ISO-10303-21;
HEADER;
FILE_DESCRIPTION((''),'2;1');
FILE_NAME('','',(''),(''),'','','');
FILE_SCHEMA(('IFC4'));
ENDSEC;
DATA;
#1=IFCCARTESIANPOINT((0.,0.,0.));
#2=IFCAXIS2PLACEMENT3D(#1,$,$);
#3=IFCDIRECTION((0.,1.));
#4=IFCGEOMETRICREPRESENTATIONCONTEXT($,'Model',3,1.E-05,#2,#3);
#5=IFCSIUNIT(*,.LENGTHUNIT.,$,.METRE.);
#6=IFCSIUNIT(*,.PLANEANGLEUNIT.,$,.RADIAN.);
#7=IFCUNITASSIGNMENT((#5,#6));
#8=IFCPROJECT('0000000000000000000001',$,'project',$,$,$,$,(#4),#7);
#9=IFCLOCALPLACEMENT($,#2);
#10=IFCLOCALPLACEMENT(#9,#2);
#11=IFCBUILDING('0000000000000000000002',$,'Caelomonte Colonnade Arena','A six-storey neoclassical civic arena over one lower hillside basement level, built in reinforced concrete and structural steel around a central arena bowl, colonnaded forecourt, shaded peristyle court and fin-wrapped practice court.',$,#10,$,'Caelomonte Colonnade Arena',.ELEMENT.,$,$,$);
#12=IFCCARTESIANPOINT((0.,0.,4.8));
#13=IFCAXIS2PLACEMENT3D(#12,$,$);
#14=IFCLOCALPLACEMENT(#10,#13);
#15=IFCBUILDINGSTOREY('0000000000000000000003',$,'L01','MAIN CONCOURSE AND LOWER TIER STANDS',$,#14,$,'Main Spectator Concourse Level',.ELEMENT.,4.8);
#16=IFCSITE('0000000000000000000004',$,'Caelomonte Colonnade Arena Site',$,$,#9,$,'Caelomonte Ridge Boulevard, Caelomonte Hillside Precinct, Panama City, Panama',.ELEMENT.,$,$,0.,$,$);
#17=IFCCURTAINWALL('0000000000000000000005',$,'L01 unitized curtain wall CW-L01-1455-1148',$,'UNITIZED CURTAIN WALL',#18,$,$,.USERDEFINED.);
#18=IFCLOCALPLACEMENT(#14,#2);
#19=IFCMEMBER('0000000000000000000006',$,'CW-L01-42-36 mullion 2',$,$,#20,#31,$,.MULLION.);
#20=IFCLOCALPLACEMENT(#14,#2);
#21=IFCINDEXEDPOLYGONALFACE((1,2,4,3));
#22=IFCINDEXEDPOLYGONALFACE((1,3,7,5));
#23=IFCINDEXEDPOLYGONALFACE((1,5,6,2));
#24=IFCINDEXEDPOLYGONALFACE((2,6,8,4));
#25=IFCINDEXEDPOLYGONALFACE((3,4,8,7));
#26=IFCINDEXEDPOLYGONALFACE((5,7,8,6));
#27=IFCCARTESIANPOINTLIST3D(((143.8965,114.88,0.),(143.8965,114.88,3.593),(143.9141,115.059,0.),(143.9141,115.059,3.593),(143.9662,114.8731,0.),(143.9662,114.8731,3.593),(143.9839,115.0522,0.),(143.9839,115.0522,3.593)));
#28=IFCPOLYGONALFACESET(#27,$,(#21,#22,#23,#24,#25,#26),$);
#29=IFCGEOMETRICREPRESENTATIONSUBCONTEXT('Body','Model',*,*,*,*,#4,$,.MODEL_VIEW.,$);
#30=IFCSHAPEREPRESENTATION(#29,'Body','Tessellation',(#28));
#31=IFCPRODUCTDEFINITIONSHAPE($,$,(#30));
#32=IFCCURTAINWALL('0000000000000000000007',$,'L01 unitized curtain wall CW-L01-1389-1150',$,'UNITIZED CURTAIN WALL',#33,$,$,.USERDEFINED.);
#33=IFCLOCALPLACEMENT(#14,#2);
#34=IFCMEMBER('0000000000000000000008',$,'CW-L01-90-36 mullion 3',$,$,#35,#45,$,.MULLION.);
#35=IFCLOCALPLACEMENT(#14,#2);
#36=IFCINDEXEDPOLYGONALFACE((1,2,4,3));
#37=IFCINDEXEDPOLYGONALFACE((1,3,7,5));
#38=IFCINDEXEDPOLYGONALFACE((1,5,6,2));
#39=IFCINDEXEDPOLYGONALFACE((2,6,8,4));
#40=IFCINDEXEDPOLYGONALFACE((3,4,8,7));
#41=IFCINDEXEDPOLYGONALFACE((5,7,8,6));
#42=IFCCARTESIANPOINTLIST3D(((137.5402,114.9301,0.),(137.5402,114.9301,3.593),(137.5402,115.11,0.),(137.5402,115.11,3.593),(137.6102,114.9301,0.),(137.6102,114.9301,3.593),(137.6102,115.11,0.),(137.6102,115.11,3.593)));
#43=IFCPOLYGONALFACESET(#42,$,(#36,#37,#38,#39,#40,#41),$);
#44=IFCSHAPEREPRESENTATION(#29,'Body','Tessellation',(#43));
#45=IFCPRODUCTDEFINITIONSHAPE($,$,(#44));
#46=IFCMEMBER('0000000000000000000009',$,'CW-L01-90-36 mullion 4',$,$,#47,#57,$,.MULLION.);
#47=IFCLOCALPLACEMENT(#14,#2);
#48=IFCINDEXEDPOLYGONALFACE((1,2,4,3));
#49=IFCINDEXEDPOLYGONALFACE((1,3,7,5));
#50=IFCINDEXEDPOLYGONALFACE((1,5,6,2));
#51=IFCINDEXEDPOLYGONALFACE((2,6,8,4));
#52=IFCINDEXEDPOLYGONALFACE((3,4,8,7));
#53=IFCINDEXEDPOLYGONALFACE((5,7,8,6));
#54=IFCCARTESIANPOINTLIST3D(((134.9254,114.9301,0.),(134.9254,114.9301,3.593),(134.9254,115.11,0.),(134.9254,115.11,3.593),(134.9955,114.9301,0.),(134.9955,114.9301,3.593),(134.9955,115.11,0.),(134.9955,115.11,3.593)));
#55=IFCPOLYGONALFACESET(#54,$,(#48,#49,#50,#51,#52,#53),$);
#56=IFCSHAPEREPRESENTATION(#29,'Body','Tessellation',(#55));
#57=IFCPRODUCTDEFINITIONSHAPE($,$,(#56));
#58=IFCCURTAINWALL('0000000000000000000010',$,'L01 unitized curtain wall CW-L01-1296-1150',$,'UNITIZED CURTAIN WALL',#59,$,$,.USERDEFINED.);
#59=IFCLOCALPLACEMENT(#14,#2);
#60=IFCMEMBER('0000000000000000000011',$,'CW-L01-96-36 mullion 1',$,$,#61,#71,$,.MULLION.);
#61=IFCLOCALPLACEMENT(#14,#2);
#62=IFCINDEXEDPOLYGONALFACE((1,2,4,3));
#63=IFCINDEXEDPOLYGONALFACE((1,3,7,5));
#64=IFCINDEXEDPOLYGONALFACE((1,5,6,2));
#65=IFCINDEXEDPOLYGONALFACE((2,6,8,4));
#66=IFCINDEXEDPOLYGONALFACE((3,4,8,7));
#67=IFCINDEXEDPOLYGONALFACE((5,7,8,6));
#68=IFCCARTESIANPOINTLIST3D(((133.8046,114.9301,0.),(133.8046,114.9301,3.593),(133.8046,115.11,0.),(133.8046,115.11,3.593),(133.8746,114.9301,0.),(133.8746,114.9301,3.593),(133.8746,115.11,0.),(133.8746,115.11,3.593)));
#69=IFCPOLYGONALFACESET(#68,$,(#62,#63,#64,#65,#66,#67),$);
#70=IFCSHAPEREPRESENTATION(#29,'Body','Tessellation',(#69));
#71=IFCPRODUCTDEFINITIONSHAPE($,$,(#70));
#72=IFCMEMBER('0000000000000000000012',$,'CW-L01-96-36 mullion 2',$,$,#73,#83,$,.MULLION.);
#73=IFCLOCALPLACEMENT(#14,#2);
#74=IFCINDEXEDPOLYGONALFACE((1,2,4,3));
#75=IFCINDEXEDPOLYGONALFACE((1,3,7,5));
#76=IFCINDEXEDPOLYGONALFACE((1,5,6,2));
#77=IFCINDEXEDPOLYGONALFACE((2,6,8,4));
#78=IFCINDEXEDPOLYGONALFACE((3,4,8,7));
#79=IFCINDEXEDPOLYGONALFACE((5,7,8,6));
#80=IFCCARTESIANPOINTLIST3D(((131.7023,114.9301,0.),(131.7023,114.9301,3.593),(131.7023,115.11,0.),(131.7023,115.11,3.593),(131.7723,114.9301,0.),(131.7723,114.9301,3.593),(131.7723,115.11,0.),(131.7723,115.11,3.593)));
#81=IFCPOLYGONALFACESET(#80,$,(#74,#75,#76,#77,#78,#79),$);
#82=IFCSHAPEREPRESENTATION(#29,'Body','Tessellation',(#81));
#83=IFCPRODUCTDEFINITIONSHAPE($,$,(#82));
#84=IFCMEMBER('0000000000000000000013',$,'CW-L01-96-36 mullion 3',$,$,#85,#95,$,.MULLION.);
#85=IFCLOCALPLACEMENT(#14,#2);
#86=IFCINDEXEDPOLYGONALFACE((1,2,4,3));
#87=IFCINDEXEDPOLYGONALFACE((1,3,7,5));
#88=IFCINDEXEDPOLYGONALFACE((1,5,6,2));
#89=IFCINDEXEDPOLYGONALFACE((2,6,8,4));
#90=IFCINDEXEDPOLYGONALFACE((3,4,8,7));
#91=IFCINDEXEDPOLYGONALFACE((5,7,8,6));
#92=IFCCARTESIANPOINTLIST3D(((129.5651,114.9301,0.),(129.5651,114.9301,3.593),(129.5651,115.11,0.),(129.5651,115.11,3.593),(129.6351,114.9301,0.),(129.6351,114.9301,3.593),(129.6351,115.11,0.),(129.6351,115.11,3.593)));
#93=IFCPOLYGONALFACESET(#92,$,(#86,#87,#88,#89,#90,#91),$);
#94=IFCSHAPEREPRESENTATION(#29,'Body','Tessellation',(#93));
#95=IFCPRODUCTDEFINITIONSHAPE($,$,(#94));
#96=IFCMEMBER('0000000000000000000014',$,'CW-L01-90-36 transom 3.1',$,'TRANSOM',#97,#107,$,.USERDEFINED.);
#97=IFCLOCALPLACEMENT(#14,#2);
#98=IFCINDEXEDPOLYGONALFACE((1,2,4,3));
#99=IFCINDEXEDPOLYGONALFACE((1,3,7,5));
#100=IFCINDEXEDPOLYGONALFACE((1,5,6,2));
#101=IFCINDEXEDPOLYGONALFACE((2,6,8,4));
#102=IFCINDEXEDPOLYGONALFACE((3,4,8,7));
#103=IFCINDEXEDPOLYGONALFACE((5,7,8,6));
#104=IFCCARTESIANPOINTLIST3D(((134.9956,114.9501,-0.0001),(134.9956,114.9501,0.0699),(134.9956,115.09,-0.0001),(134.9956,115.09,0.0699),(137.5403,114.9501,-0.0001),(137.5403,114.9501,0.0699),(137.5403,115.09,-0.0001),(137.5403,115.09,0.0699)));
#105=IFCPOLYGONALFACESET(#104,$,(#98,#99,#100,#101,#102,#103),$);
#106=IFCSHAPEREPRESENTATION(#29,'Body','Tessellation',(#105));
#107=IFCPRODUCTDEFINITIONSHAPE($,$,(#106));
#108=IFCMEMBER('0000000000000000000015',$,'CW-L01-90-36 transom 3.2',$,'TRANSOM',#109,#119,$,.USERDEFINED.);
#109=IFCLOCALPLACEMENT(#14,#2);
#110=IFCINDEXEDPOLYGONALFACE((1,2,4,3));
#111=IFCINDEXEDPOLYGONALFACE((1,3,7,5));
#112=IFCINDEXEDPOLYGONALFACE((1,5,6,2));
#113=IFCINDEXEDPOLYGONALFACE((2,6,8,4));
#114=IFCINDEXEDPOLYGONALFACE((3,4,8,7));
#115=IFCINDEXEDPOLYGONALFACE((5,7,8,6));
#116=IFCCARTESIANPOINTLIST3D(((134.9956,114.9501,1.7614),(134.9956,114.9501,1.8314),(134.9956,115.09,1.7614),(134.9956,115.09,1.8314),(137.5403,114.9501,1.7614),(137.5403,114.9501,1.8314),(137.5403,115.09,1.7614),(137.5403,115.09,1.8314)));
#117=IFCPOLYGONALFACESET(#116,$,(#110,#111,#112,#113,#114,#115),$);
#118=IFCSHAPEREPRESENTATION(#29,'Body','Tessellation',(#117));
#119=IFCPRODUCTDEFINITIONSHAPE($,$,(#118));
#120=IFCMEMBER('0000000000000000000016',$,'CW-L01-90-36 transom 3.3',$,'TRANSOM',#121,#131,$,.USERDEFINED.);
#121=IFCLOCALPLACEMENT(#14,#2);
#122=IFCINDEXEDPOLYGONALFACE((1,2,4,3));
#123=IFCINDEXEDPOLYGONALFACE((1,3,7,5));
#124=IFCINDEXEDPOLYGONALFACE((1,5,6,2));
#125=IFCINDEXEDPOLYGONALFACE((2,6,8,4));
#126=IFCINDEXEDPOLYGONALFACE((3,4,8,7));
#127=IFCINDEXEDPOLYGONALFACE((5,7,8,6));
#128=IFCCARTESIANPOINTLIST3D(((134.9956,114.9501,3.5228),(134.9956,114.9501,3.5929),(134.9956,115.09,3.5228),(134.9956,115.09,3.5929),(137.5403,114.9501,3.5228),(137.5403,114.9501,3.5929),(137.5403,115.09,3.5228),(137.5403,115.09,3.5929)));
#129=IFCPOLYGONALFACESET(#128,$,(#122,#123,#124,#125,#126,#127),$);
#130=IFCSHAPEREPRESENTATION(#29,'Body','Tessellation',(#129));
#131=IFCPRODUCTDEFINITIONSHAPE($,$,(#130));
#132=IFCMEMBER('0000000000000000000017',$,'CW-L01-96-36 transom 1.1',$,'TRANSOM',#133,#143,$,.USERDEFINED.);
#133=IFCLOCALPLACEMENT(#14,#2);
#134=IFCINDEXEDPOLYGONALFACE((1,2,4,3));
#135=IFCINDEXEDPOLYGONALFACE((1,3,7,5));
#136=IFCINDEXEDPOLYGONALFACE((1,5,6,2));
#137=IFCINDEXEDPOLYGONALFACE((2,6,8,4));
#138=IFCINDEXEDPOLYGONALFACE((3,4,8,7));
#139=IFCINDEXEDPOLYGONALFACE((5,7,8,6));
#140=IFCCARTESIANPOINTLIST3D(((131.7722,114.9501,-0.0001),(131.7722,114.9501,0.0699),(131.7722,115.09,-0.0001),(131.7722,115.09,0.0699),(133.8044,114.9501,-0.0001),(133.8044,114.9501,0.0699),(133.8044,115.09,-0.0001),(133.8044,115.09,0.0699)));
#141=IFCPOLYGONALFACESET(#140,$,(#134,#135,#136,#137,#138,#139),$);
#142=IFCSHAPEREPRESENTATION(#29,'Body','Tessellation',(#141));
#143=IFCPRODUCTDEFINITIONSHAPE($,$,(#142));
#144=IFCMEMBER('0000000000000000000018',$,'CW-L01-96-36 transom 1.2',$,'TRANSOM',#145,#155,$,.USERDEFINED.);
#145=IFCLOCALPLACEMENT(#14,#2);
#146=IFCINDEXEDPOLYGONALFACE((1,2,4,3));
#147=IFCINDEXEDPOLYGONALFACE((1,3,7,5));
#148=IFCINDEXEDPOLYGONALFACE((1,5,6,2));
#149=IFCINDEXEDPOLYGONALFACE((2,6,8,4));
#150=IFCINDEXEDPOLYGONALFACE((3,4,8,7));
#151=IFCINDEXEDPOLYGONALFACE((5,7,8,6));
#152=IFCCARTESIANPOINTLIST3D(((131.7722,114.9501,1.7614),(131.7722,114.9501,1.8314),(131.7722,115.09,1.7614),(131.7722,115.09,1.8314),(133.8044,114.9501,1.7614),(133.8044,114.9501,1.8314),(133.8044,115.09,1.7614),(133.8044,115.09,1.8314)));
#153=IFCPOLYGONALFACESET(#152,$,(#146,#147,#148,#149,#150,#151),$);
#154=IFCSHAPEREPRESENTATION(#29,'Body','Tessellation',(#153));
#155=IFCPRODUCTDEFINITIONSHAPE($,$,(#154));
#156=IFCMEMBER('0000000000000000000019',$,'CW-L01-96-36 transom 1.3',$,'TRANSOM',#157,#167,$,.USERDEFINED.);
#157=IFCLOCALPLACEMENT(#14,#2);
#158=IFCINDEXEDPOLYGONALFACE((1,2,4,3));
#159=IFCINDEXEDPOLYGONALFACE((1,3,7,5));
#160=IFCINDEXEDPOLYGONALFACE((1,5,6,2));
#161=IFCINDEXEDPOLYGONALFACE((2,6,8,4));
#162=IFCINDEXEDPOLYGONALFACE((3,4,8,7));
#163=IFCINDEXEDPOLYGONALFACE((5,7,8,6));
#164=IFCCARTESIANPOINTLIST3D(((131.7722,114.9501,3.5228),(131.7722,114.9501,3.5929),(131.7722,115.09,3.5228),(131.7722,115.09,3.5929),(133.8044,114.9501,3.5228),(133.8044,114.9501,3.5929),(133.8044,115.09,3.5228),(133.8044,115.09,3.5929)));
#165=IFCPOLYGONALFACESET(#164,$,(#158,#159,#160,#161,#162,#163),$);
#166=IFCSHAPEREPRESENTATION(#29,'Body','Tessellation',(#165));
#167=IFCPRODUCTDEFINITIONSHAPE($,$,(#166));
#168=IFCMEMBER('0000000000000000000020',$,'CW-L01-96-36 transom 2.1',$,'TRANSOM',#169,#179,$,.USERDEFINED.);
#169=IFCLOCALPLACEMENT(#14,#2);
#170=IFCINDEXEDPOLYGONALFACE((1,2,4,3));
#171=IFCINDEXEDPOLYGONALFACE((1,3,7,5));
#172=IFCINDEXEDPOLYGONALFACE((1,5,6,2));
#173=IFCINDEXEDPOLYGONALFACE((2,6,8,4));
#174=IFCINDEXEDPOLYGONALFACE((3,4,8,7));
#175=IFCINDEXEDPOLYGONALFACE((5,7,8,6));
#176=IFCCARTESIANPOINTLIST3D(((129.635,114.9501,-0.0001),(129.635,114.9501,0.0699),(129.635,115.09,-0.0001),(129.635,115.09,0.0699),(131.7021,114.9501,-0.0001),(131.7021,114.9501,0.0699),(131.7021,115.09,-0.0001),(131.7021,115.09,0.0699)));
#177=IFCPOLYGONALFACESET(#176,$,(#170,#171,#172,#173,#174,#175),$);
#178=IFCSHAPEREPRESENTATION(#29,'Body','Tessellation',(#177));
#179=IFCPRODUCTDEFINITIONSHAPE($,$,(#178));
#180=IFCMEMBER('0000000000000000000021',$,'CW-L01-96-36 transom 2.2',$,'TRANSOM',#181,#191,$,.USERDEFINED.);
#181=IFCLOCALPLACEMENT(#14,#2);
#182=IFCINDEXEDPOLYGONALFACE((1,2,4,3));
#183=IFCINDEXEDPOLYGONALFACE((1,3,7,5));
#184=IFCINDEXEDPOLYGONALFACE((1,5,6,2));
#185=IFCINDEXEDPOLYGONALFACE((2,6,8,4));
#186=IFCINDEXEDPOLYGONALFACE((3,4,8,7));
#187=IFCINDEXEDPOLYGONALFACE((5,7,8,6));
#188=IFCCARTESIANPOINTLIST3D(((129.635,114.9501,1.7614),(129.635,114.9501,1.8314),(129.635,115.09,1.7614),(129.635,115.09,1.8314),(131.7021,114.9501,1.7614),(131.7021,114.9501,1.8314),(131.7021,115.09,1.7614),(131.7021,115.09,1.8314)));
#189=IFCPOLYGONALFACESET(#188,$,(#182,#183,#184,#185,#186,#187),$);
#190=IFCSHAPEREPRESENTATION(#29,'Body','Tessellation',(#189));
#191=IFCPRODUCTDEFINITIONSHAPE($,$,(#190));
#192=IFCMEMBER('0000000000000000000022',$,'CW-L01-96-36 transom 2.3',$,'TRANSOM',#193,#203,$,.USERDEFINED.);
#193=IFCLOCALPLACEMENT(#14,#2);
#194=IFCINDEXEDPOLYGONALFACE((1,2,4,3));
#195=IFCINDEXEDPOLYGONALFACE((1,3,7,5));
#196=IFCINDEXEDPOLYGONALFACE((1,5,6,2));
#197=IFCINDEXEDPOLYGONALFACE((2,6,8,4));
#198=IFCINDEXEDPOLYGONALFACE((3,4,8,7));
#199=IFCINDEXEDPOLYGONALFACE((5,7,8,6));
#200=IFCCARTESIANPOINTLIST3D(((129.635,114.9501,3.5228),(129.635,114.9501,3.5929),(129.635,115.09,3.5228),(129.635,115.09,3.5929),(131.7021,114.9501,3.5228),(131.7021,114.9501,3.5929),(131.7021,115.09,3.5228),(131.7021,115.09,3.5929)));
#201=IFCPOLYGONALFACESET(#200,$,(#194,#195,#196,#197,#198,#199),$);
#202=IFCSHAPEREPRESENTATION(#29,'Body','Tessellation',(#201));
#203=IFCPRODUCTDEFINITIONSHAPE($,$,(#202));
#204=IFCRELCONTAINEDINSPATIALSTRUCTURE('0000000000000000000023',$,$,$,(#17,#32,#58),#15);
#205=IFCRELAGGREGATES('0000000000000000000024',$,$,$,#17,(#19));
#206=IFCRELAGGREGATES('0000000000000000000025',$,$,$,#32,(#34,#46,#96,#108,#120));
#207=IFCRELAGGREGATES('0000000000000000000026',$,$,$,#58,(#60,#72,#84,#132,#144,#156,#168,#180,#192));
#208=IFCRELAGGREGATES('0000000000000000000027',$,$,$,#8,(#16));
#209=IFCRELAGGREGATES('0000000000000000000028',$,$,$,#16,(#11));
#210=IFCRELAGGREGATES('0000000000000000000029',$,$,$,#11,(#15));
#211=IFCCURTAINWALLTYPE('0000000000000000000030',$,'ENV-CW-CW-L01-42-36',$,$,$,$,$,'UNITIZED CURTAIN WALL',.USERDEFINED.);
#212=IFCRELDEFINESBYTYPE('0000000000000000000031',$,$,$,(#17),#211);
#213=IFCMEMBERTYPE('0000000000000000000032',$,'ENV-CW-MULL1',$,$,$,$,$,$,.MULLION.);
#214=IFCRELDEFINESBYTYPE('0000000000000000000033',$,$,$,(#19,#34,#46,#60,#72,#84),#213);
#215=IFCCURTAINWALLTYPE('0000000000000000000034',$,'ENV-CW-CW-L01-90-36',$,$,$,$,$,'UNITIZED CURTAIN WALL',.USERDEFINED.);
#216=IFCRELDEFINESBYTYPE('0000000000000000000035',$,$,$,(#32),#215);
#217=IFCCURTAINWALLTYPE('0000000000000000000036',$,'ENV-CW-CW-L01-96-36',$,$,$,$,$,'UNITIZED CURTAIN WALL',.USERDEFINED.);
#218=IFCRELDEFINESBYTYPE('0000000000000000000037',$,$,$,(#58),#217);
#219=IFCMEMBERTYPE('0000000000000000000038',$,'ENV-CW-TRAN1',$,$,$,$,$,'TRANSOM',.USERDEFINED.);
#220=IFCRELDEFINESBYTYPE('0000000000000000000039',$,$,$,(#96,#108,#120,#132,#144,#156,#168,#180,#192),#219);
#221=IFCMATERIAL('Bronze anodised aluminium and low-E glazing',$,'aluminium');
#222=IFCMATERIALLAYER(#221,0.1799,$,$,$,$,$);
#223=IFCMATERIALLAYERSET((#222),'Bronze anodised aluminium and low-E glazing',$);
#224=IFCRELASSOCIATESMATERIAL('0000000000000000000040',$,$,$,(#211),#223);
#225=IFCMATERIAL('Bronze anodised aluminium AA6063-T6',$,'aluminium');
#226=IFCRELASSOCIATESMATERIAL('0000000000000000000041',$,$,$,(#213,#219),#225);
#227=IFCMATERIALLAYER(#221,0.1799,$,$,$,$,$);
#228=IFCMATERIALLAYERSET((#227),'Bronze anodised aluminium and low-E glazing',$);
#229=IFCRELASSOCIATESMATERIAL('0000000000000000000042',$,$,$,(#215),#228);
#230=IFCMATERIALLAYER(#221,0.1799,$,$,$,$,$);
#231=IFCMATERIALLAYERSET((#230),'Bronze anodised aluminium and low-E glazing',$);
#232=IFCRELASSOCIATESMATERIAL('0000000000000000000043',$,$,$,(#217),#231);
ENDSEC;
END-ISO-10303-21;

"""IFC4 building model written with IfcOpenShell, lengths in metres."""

from ifc_helpers import new_model, si_unit, direction, frame, origin, origin_2d, place, context, subcontext, project, spatial, rectangle, extrude, material, layer, layer_set, material_profile, profile_set, type_object, element, aggregate, save


model = new_model("IFC4")

# Units and contexts
model_context = context("Model", 3, precision=1e-05, world=origin(), true_north=direction((0.0, 1.0)))
body_context = subcontext(model_context, "Body", "Model", "MODEL_VIEW")
ifc_project = project(units=[si_unit("LENGTHUNIT", "METRE"), si_unit("PLANEANGLEUNIT", "RADIAN")], contexts=[model_context])

# Site, building, storey
site_placement = place(None, origin())
site = spatial("IfcSite", under=ifc_project, at=site_placement, Name="Caelomonte Colonnade Arena Site", LongName="Caelomonte Ridge Boulevard, Caelomonte Hillside Precinct, Panama City, Panama", CompositionType="ELEMENT", RefElevation=0.0)
building_placement = place(site_placement, origin())
building = spatial("IfcBuilding", under=site, at=building_placement, Name="Caelomonte Colonnade Arena", Description="A six-storey neoclassical civic arena over one lower hillside basement level, built in reinforced concrete and structural steel around a central arena bowl, colonnaded forecourt, shaded peristyle court and fin-wrapped practice court.", LongName="Caelomonte Colonnade Arena", CompositionType="ELEMENT")
storey_placement = place(building_placement, frame((0.0, 0.0, 4.8)))
storey = spatial("IfcBuildingStorey", under=building, at=storey_placement, Name="L01", Description="MAIN CONCOURSE AND LOWER TIER STANDS", LongName="Main Spectator Concourse Level", CompositionType="ELEMENT", Elevation=4.8)

# Curtain wall, member
ifc_material_1 = material(Name="Bronze anodised aluminium and low-E glazing", Category="aluminium")
ifc_layer_1 = layer(ifc_material_1, 0.1799)
ifc_layer_set_1 = layer_set([ifc_layer_1], Name="Bronze anodised aluminium and low-E glazing")
curtain_wall_type_1 = type_object("IfcCurtainWallType", Name="ENV-CW-CW-L01-42-36", ElementType="UNITIZED CURTAIN WALL", PredefinedType="USERDEFINED", material=ifc_layer_set_1)
curtain_wall_1_placement = place(storey_placement, origin())
curtain_wall_1 = element("IfcCurtainWall", 1, at=curtain_wall_1_placement, inside=storey, type_object=curtain_wall_type_1, Name="L01 unitized curtain wall CW-L01-1455-1148", ObjectType="UNITIZED CURTAIN WALL", PredefinedType="USERDEFINED")
ifc_material_2 = material(Name="Bronze anodised aluminium AA6063-T6", Category="aluminium")
ifc_material_profile_1 = material_profile(ifc_material_2, rectangle(XDim=0.0701, YDim=0.1799, at=origin_2d()), Name="CWM-70X180")
ifc_profile_set_1 = profile_set([ifc_material_profile_1], Name="Bronze anodised aluminium AA6063-T6")
member_type_1 = type_object("IfcMemberType", Name="ENV-CW-MULL1", PredefinedType="MULLION", material=ifc_profile_set_1)
member_1_placement = place(storey_placement, frame((143.9402, 114.9661, 0.0), z_axis=(0.0, 0.0, 1.0), x_axis=(-0.995184, 0.098023, 0.0)))
member_1 = element("IfcMember", 2, at=member_1_placement, type_object=member_type_1, Name="CW-L01-42-36 mullion 2", PredefinedType="MULLION", context=body_context, shape_type="SweptSolid", body=[
    extrude(rectangle(XDim=0.0701, YDim=0.1799, at=origin_2d()), origin(), (0.0, 0.0, 1.0), 3.593),
])
aggregate(curtain_wall_1, [member_1])

# Curtain walls, members
ifc_layer_2 = layer(ifc_material_1, 0.1799)
ifc_layer_set_2 = layer_set([ifc_layer_2], Name="Bronze anodised aluminium and low-E glazing")
curtain_wall_type_2 = type_object("IfcCurtainWallType", Name="ENV-CW-CW-L01-90-36", ElementType="UNITIZED CURTAIN WALL", PredefinedType="USERDEFINED", material=ifc_layer_set_2)
curtain_wall_2_placement = place(storey_placement, origin())
curtain_wall_2 = element("IfcCurtainWall", 3, at=curtain_wall_2_placement, inside=storey, type_object=curtain_wall_type_2, Name="L01 unitized curtain wall CW-L01-1389-1150", ObjectType="UNITIZED CURTAIN WALL", PredefinedType="USERDEFINED")
member_2_placement = place(storey_placement, frame((137.5752, 115.02, 0.0), z_axis=(0.0, 0.0, 1.0), x_axis=(-1.0, 0.0, 0.0)))
member_2 = element("IfcMember", 4, at=member_2_placement, type_object=member_type_1, Name="CW-L01-90-36 mullion 3", PredefinedType="MULLION", context=body_context, shape_type="SweptSolid", body=[
    extrude(rectangle(XDim=0.0701, YDim=0.1799, at=origin_2d()), origin(), (0.0, 0.0, 1.0), 3.593),
])
member_3_placement = place(storey_placement, frame((134.9604, 115.02, 0.0), z_axis=(0.0, 0.0, 1.0), x_axis=(-1.0, 0.0, 0.0)))
member_3 = element("IfcMember", 5, at=member_3_placement, type_object=member_type_1, Name="CW-L01-90-36 mullion 4", PredefinedType="MULLION", context=body_context, shape_type="SweptSolid", body=[
    extrude(rectangle(XDim=0.0701, YDim=0.1799, at=origin_2d()), origin(), (0.0, 0.0, 1.0), 3.593),
])
ifc_layer_3 = layer(ifc_material_1, 0.1799)
ifc_layer_set_3 = layer_set([ifc_layer_3], Name="Bronze anodised aluminium and low-E glazing")
curtain_wall_type_3 = type_object("IfcCurtainWallType", Name="ENV-CW-CW-L01-96-36", ElementType="UNITIZED CURTAIN WALL", PredefinedType="USERDEFINED", material=ifc_layer_set_3)
curtain_wall_3_placement = place(storey_placement, origin())
curtain_wall_3 = element("IfcCurtainWall", 6, at=curtain_wall_3_placement, inside=storey, type_object=curtain_wall_type_3, Name="L01 unitized curtain wall CW-L01-1296-1150", ObjectType="UNITIZED CURTAIN WALL", PredefinedType="USERDEFINED")
member_4_placement = place(storey_placement, frame((133.8396, 115.02, 0.0), z_axis=(0.0, 0.0, 1.0), x_axis=(-1.0, 0.0, 0.0)))
member_4 = element("IfcMember", 7, at=member_4_placement, type_object=member_type_1, Name="CW-L01-96-36 mullion 1", PredefinedType="MULLION", context=body_context, shape_type="SweptSolid", body=[
    extrude(rectangle(XDim=0.0701, YDim=0.1799, at=origin_2d()), origin(), (0.0, 0.0, 1.0), 3.593),
])
member_5_placement = place(storey_placement, frame((131.7373, 115.02, 0.0), z_axis=(0.0, 0.0, 1.0), x_axis=(-1.0, 0.0, 0.0)))
member_5 = element("IfcMember", 8, at=member_5_placement, type_object=member_type_1, Name="CW-L01-96-36 mullion 2", PredefinedType="MULLION", context=body_context, shape_type="SweptSolid", body=[
    extrude(rectangle(XDim=0.0701, YDim=0.1799, at=origin_2d()), origin(), (0.0, 0.0, 1.0), 3.593),
])
member_6_placement = place(storey_placement, frame((129.6001, 115.02, 0.0), z_axis=(0.0, 0.0, 1.0), x_axis=(-1.0, 0.0, 0.0)))
member_6 = element("IfcMember", 9, at=member_6_placement, type_object=member_type_1, Name="CW-L01-96-36 mullion 3", PredefinedType="MULLION", context=body_context, shape_type="SweptSolid", body=[
    extrude(rectangle(XDim=0.0701, YDim=0.1799, at=origin_2d()), origin(), (0.0, 0.0, 1.0), 3.593),
])

# Members
ifc_material_profile_2 = material_profile(ifc_material_2, rectangle(XDim=0.0701, YDim=0.1399, at=origin_2d()), Name="CWT-70X140")
ifc_profile_set_2 = profile_set([ifc_material_profile_2], Name="Bronze anodised aluminium AA6063-T6")
member_type_2 = type_object("IfcMemberType", Name="ENV-CW-TRAN1", ElementType="TRANSOM", PredefinedType="USERDEFINED", material=ifc_profile_set_2)
member_7_placement = place(storey_placement, frame((137.5403, 115.02, 0.0349), z_axis=(-1.0, 0.0, 0.0), x_axis=(0.0, 0.0, 1.0)))
member_7 = element("IfcMember", 10, at=member_7_placement, type_object=member_type_2, Name="CW-L01-90-36 transom 3.1", ObjectType="TRANSOM", PredefinedType="USERDEFINED", context=body_context, shape_type="SweptSolid", body=[
    extrude(rectangle(XDim=0.0701, YDim=0.1399, at=origin_2d()), origin(), (0.0, 0.0, 1.0), 2.5447),
])
member_8_placement = place(storey_placement, frame((137.5403, 115.02, 1.7964), z_axis=(-1.0, 0.0, 0.0), x_axis=(0.0, 0.0, 1.0)))
member_8 = element("IfcMember", 11, at=member_8_placement, type_object=member_type_2, Name="CW-L01-90-36 transom 3.2", ObjectType="TRANSOM", PredefinedType="USERDEFINED", context=body_context, shape_type="SweptSolid", body=[
    extrude(rectangle(XDim=0.0701, YDim=0.1399, at=origin_2d()), origin(), (0.0, 0.0, 1.0), 2.5447),
])
member_9_placement = place(storey_placement, frame((137.5403, 115.02, 3.5579), z_axis=(-1.0, 0.0, 0.0), x_axis=(0.0, 0.0, 1.0)))
member_9 = element("IfcMember", 12, at=member_9_placement, type_object=member_type_2, Name="CW-L01-90-36 transom 3.3", ObjectType="TRANSOM", PredefinedType="USERDEFINED", context=body_context, shape_type="SweptSolid", body=[
    extrude(rectangle(XDim=0.0701, YDim=0.1399, at=origin_2d()), origin(), (0.0, 0.0, 1.0), 2.5447),
])
member_10_placement = place(storey_placement, frame((133.8044, 115.02, 0.0349), z_axis=(-1.0, 0.0, 0.0), x_axis=(0.0, 0.0, 1.0)))
member_10 = element("IfcMember", 13, at=member_10_placement, type_object=member_type_2, Name="CW-L01-96-36 transom 1.1", ObjectType="TRANSOM", PredefinedType="USERDEFINED", context=body_context, shape_type="SweptSolid", body=[
    extrude(rectangle(XDim=0.0701, YDim=0.1399, at=origin_2d()), origin(), (0.0, 0.0, 1.0), 2.0322),
])
member_11_placement = place(storey_placement, frame((133.8044, 115.02, 1.7964), z_axis=(-1.0, 0.0, 0.0), x_axis=(0.0, 0.0, 1.0)))
member_11 = element("IfcMember", 14, at=member_11_placement, type_object=member_type_2, Name="CW-L01-96-36 transom 1.2", ObjectType="TRANSOM", PredefinedType="USERDEFINED", context=body_context, shape_type="SweptSolid", body=[
    extrude(rectangle(XDim=0.0701, YDim=0.1399, at=origin_2d()), origin(), (0.0, 0.0, 1.0), 2.0322),
])
member_12_placement = place(storey_placement, frame((133.8044, 115.02, 3.5579), z_axis=(-1.0, 0.0, 0.0), x_axis=(0.0, 0.0, 1.0)))
member_12 = element("IfcMember", 15, at=member_12_placement, type_object=member_type_2, Name="CW-L01-96-36 transom 1.3", ObjectType="TRANSOM", PredefinedType="USERDEFINED", context=body_context, shape_type="SweptSolid", body=[
    extrude(rectangle(XDim=0.0701, YDim=0.1399, at=origin_2d()), origin(), (0.0, 0.0, 1.0), 2.0322),
])
member_13_placement = place(storey_placement, frame((131.7021, 115.02, 0.0349), z_axis=(-1.0, 0.0, 0.0), x_axis=(0.0, 0.0, 1.0)))
member_13 = element("IfcMember", 16, at=member_13_placement, type_object=member_type_2, Name="CW-L01-96-36 transom 2.1", ObjectType="TRANSOM", PredefinedType="USERDEFINED", context=body_context, shape_type="SweptSolid", body=[
    extrude(rectangle(XDim=0.0701, YDim=0.1399, at=origin_2d()), origin(), (0.0, 0.0, 1.0), 2.0671),
])
member_14_placement = place(storey_placement, frame((131.7021, 115.02, 1.7964), z_axis=(-1.0, 0.0, 0.0), x_axis=(0.0, 0.0, 1.0)))
member_14 = element("IfcMember", 17, at=member_14_placement, type_object=member_type_2, Name="CW-L01-96-36 transom 2.2", ObjectType="TRANSOM", PredefinedType="USERDEFINED", context=body_context, shape_type="SweptSolid", body=[
    extrude(rectangle(XDim=0.0701, YDim=0.1399, at=origin_2d()), origin(), (0.0, 0.0, 1.0), 2.0671),
])
member_15_placement = place(storey_placement, frame((131.7021, 115.02, 3.5579), z_axis=(-1.0, 0.0, 0.0), x_axis=(0.0, 0.0, 1.0)))
member_15 = element("IfcMember", 18, at=member_15_placement, type_object=member_type_2, Name="CW-L01-96-36 transom 2.3", ObjectType="TRANSOM", PredefinedType="USERDEFINED", context=body_context, shape_type="SweptSolid", body=[
    extrude(rectangle(XDim=0.0701, YDim=0.1399, at=origin_2d()), origin(), (0.0, 0.0, 1.0), 2.0671),
])

aggregate(curtain_wall_2, [member_2, member_3, member_7, member_8, member_9])
aggregate(curtain_wall_3, [member_4, member_5, member_6, member_10, member_11, member_12, member_13, member_14, member_15])

save(model, "model.ifc")
